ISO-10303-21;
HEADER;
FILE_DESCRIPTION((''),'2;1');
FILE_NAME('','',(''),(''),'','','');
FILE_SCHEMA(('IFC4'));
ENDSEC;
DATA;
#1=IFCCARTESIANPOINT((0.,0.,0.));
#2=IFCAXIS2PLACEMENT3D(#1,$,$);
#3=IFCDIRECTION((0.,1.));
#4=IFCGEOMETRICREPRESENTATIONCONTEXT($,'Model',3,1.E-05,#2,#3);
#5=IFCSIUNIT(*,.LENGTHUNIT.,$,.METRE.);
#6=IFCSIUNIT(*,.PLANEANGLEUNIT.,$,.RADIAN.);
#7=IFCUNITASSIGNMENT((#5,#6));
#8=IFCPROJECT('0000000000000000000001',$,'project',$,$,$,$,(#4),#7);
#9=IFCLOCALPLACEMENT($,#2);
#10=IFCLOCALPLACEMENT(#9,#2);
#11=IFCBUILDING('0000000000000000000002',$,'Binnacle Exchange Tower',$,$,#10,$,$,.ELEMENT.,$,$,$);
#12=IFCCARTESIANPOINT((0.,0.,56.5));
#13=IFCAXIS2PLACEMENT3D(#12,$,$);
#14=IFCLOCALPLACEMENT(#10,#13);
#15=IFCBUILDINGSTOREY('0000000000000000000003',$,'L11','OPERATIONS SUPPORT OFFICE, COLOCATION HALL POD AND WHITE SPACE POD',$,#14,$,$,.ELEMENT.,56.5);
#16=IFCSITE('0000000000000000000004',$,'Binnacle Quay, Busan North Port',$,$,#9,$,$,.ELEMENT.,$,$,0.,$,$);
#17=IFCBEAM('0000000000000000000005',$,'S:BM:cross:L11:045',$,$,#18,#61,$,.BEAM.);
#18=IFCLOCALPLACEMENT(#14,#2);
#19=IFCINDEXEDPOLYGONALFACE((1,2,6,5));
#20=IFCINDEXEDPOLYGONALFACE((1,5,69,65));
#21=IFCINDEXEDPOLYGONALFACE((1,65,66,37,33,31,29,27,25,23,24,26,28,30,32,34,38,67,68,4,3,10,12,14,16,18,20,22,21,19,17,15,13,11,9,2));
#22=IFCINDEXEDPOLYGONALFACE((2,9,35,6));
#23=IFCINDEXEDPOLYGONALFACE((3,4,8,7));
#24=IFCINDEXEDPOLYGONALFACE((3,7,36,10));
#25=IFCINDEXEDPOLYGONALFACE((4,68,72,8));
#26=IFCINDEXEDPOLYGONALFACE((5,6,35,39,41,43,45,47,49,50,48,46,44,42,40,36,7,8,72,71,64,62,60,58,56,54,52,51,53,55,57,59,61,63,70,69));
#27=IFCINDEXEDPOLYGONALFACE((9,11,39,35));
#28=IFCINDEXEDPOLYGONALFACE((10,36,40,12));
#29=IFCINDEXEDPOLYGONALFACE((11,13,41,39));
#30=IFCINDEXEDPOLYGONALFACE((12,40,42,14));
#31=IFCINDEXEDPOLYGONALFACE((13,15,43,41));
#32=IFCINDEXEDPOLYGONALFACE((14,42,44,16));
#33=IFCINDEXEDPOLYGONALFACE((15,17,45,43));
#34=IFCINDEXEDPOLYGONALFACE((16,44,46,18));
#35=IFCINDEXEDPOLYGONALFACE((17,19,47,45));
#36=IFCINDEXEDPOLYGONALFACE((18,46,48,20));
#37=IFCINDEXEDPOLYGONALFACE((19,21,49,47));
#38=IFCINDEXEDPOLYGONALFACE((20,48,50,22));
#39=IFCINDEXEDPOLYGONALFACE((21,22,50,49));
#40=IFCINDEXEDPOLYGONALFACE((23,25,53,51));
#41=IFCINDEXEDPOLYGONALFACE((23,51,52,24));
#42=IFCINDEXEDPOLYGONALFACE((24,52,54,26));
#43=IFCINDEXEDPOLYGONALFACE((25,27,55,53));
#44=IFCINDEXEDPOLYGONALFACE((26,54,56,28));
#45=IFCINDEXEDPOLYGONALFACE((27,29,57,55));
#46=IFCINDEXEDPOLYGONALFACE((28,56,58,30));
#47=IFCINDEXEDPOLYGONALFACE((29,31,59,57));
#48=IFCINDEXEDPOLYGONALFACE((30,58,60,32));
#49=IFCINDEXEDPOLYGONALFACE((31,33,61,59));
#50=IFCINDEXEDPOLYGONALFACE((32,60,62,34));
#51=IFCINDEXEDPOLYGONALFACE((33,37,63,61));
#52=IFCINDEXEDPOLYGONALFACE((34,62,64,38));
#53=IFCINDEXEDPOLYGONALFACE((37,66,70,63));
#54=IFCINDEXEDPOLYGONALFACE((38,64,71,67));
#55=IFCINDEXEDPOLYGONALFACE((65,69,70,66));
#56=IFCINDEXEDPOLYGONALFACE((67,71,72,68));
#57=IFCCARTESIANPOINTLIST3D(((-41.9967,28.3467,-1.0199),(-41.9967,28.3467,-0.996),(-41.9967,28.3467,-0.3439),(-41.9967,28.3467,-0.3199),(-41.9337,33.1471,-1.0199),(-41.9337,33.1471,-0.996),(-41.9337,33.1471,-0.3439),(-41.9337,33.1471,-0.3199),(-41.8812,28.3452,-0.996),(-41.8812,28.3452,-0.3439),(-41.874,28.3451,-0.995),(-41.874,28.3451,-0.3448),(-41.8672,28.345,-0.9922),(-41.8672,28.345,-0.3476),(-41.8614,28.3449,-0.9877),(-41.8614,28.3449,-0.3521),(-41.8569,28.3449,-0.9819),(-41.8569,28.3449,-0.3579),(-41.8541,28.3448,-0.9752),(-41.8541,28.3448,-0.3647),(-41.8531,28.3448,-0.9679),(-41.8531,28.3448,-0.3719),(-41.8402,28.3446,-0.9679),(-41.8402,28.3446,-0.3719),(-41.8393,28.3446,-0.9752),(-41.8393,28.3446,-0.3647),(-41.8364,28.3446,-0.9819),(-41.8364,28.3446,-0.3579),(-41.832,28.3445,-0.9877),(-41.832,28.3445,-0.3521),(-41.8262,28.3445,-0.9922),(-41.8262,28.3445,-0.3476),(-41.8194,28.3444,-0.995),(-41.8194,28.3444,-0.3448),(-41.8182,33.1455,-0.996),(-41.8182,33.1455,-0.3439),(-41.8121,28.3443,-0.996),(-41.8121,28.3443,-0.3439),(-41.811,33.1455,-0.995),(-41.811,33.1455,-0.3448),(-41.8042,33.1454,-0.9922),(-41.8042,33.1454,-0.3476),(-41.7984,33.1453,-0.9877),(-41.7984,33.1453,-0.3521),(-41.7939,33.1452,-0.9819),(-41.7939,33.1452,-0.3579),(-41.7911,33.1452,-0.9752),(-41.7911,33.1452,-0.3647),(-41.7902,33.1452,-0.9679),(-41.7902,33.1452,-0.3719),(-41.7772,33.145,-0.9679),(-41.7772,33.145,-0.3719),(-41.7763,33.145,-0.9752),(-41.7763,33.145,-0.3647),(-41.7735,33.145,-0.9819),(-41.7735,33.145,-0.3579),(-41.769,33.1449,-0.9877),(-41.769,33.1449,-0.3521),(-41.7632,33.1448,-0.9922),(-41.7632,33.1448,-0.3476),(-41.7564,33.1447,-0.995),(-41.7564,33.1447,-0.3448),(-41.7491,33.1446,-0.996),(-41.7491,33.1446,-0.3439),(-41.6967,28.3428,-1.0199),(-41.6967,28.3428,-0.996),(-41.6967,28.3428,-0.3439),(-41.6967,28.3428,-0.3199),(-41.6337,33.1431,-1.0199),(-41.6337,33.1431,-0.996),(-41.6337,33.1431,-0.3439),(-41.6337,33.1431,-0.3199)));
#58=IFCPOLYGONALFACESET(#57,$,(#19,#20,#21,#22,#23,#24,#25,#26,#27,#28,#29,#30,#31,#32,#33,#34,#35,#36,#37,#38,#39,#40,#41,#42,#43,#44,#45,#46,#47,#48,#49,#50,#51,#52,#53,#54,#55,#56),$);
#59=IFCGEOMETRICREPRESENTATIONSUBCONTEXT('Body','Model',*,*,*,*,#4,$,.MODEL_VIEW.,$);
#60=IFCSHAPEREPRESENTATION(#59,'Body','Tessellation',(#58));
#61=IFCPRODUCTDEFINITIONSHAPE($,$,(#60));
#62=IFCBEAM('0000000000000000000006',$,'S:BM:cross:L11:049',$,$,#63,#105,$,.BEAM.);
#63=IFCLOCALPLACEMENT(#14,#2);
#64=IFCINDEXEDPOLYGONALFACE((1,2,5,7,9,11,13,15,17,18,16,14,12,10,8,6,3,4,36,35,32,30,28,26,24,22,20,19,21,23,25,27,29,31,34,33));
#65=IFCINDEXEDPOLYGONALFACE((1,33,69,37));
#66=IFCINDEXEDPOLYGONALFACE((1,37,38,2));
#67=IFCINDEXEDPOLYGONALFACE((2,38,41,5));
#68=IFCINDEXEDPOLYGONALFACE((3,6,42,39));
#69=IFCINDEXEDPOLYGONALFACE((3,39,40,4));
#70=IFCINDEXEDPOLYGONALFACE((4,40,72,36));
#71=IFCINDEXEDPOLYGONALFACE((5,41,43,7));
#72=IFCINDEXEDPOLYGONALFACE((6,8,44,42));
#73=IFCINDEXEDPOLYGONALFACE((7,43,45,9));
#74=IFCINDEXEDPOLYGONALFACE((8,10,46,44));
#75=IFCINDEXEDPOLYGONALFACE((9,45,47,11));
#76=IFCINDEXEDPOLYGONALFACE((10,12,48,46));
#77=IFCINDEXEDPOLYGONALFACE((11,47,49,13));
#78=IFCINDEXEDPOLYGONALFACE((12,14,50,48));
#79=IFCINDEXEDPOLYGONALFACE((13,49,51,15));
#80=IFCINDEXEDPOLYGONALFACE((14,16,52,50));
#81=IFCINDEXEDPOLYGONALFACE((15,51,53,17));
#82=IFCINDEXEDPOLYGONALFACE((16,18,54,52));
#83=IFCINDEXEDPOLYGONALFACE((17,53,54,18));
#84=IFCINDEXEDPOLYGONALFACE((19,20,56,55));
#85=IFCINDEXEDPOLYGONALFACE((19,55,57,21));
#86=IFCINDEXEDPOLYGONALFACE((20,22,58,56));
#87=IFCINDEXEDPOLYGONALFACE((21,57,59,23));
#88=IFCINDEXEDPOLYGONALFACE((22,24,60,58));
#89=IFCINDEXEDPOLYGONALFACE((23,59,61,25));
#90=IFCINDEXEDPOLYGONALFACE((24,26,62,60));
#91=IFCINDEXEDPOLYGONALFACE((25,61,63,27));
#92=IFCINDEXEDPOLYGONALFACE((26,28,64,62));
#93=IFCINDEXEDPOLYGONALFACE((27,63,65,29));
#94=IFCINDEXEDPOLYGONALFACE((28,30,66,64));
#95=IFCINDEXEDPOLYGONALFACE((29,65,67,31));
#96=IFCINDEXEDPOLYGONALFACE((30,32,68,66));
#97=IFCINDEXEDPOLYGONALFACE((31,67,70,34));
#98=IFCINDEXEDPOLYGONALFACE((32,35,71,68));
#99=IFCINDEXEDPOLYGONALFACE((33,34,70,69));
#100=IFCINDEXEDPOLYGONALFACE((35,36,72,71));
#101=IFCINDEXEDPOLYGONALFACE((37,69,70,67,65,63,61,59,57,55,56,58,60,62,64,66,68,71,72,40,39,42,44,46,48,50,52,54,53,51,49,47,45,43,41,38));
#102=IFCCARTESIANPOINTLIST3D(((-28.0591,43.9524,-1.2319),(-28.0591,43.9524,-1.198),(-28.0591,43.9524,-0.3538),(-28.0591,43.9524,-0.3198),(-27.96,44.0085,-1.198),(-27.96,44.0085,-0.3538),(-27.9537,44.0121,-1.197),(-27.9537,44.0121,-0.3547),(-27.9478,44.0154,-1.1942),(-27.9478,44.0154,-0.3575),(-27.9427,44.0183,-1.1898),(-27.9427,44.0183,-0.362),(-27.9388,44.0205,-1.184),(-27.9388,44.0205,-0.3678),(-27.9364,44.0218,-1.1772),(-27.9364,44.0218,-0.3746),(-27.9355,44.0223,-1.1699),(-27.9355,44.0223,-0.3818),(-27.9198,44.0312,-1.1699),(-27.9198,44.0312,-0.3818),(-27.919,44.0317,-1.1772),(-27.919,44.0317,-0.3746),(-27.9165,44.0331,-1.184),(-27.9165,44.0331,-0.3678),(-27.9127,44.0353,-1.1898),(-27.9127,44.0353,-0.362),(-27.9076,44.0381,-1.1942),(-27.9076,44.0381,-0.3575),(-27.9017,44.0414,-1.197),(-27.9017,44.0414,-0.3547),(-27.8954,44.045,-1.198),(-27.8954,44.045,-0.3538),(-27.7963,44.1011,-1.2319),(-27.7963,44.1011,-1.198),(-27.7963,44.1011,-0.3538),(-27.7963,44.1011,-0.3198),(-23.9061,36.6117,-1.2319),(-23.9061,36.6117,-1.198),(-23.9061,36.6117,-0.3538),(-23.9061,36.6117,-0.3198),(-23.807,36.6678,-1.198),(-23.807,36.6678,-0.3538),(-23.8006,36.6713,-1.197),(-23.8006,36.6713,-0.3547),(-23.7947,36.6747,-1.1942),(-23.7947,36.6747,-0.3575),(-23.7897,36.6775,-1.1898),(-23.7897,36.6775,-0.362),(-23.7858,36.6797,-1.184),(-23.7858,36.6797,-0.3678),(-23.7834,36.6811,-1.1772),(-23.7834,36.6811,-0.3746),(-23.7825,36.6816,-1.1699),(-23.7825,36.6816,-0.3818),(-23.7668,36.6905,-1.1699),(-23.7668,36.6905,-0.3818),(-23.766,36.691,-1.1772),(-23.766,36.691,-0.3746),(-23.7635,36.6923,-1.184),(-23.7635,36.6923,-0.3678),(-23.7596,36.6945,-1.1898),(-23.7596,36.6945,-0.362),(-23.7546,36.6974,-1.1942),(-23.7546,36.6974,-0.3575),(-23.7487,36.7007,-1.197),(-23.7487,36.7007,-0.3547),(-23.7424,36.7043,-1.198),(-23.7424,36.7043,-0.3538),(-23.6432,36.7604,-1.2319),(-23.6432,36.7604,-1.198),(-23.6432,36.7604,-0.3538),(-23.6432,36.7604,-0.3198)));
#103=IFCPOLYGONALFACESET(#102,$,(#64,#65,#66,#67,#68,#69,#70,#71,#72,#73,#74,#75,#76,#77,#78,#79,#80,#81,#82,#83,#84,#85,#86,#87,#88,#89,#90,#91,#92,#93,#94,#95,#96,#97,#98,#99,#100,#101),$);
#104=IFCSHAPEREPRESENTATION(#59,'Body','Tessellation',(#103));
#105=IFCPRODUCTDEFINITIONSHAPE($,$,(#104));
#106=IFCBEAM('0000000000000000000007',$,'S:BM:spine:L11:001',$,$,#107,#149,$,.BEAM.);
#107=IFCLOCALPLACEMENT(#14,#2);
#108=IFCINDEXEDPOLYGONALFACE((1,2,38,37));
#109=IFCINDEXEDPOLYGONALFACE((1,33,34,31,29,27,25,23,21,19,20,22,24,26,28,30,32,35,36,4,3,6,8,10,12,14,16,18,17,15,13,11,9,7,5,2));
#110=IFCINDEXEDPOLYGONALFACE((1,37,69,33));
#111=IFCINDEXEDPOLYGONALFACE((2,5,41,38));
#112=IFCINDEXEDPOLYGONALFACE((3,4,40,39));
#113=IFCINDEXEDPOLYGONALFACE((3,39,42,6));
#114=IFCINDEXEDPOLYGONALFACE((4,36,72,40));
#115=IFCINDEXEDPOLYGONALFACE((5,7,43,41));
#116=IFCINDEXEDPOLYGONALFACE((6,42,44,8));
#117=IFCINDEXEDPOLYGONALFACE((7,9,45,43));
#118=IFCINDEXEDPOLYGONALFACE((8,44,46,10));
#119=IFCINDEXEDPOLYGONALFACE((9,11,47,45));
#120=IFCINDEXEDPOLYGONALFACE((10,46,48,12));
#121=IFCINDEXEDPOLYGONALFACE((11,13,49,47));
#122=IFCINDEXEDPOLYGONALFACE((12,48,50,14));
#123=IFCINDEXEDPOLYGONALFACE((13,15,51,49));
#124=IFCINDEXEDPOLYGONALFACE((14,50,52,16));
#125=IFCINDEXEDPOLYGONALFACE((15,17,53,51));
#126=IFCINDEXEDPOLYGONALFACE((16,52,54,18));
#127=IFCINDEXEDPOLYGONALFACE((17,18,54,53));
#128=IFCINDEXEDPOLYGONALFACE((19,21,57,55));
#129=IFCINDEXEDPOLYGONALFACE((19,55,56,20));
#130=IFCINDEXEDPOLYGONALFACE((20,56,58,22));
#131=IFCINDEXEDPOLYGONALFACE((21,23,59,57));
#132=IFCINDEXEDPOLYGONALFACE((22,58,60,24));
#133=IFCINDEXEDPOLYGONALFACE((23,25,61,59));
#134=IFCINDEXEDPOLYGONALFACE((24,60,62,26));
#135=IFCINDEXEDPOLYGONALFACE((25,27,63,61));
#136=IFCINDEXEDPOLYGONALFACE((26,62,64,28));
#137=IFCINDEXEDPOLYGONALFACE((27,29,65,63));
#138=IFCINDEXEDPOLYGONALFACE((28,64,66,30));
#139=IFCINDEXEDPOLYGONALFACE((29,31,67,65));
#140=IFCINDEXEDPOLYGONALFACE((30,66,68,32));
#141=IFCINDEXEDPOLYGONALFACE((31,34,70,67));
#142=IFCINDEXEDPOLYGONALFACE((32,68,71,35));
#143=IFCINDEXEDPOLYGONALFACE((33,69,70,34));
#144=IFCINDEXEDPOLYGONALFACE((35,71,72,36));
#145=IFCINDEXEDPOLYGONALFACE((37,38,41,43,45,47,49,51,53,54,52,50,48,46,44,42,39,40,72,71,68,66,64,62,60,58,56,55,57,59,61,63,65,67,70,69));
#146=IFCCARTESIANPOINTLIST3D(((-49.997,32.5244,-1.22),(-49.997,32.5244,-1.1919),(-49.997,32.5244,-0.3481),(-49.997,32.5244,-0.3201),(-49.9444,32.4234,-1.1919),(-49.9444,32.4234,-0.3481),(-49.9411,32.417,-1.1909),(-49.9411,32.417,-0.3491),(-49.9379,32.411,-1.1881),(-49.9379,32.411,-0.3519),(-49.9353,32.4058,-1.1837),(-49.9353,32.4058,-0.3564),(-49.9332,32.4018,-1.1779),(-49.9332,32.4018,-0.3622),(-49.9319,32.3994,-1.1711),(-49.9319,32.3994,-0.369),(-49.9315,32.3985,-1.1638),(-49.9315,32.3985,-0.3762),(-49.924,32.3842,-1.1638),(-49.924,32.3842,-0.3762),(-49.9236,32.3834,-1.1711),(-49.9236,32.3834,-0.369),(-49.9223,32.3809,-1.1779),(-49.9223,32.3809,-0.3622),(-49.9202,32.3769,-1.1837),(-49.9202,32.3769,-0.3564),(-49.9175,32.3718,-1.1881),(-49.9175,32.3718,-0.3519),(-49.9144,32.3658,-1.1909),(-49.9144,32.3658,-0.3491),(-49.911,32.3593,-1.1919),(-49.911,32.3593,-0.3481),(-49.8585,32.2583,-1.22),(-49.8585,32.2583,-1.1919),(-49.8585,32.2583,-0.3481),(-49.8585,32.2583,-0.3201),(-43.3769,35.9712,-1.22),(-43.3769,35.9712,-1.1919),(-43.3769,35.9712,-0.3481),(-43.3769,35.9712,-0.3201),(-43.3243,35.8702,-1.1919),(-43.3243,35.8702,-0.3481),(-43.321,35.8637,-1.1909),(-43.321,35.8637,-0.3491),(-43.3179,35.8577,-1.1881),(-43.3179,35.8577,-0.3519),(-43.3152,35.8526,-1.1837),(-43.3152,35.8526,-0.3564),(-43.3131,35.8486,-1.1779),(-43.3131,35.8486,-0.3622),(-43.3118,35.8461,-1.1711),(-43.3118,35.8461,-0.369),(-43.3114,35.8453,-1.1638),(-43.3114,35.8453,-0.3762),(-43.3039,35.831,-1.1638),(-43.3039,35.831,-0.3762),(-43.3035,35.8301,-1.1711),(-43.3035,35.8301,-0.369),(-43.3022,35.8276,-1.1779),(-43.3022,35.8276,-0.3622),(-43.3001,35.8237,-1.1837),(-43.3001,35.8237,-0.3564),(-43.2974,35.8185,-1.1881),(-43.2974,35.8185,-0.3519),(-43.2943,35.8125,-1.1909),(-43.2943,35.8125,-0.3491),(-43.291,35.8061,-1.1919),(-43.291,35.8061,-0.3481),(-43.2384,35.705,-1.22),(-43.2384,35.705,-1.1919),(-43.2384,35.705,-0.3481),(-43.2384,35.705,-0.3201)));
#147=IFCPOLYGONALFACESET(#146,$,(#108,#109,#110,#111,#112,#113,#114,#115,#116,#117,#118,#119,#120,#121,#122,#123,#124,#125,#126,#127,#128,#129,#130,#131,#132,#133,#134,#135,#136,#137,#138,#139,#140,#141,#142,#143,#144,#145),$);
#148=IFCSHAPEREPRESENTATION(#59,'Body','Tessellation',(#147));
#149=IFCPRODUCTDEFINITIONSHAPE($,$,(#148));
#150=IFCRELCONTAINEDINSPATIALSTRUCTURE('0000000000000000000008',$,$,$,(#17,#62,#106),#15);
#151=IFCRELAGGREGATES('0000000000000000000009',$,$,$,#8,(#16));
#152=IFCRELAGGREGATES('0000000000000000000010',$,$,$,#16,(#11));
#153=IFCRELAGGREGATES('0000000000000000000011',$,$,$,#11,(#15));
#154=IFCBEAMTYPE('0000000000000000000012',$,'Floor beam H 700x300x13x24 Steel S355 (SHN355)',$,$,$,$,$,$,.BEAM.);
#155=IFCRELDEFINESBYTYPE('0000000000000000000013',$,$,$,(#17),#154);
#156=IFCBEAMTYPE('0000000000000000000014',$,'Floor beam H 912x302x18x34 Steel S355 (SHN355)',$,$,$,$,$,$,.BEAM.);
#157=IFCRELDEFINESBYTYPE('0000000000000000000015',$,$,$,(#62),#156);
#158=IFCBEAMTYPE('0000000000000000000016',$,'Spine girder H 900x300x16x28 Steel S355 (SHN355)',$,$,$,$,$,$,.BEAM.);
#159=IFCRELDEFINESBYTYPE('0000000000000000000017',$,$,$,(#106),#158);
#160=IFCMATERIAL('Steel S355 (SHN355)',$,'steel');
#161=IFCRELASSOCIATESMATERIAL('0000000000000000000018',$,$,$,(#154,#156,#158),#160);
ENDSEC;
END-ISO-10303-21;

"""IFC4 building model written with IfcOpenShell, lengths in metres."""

from ifc_helpers import new_model, si_unit, direction, frame, origin, origin_2d, place, context, subcontext, project, spatial, i_section, extrude, material, material_profile, profile_set, type_object, element, save


model = new_model("IFC4")

# Units and contexts
model_context = context("Model", 3, precision=1e-05, world=origin(), true_north=direction((0.0, 1.0)))
body_context = subcontext(model_context, "Body", "Model", "MODEL_VIEW")
ifc_project = project(units=[si_unit("LENGTHUNIT", "METRE"), si_unit("PLANEANGLEUNIT", "RADIAN")], contexts=[model_context])

# Site, building, storey
site_placement = place(None, origin())
site = spatial("IfcSite", under=ifc_project, at=site_placement, Name="Binnacle Quay, Busan North Port", CompositionType="ELEMENT", RefElevation=0.0)
building_placement = place(site_placement, origin())
building = spatial("IfcBuilding", under=site, at=building_placement, Name="Binnacle Exchange Tower", CompositionType="ELEMENT")
storey_placement = place(building_placement, frame((0.0, 0.0, 56.5)))
storey = spatial("IfcBuildingStorey", under=building, at=storey_placement, Name="L11", Description="OPERATIONS SUPPORT OFFICE, COLOCATION HALL POD AND WHITE SPACE POD", CompositionType="ELEMENT", Elevation=56.5)

# Beams
ifc_material_1 = material(Name="Steel S355 (SHN355)", Category="steel")
ifc_material_profile_1 = material_profile(ifc_material_1, i_section(OverallWidth=0.3, OverallDepth=0.7, WebThickness=0.0129, FlangeThickness=0.0239, FilletRadius=0.0281, at=origin_2d()), Name="H 700x300x13x24")
ifc_profile_set_1 = profile_set([ifc_material_profile_1], Name="Steel S355 (SHN355)")
beam_type_1 = type_object("IfcBeamType", Name="Floor beam H 700x300x13x24 Steel S355 (SHN355)", PredefinedType="BEAM", material=ifc_profile_set_1)
beam_1_placement = place(storey_placement, frame((-41.8467, 28.3447, -0.6699), z_axis=(0.013121, 0.999914, 0.0), x_axis=(-0.999914, 0.013121, 0.0)))
element("IfcBeam", 1, at=beam_1_placement, inside=storey, type_object=beam_type_1, Name="S:BM:cross:L11:045", PredefinedType="BEAM", context=body_context, shape_type="SweptSolid", body=[
    extrude(i_section(OverallWidth=0.3, OverallDepth=0.7, WebThickness=0.0129, FlangeThickness=0.0239, FilletRadius=0.0281, at=origin_2d()), origin(), (0.0, 0.0, 1.0), 4.8008),
])
ifc_material_profile_2 = material_profile(ifc_material_1, i_section(OverallWidth=0.302, OverallDepth=0.9121, WebThickness=0.0181, FlangeThickness=0.0339, FilletRadius=0.0281, at=origin_2d()), Name="H 912x302x18x34")
ifc_profile_set_2 = profile_set([ifc_material_profile_2], Name="Steel S355 (SHN355)")
beam_type_2 = type_object("IfcBeamType", Name="Floor beam H 912x302x18x34 Steel S355 (SHN355)", PredefinedType="BEAM", material=ifc_profile_set_2)
beam_2_placement = place(storey_placement, frame((-23.7747, 36.686, -0.7759), z_axis=(-0.492409, 0.870364, 0.0), x_axis=(-0.870364, -0.492409, 0.0)))
element("IfcBeam", 2, at=beam_2_placement, inside=storey, type_object=beam_type_2, Name="S:BM:cross:L11:049", PredefinedType="BEAM", context=body_context, shape_type="SweptSolid", body=[
    extrude(i_section(OverallWidth=0.302, OverallDepth=0.9121, WebThickness=0.0181, FlangeThickness=0.0339, FilletRadius=0.0281, at=origin_2d()), origin(), (0.0, 0.0, 1.0), 8.4341),
])
ifc_material_profile_3 = material_profile(ifc_material_1, i_section(OverallWidth=0.3, OverallDepth=0.8999, WebThickness=0.0161, FlangeThickness=0.0281, FilletRadius=0.0281, at=origin_2d()), Name="H 900x300x16x28")
ifc_profile_set_3 = profile_set([ifc_material_profile_3], Name="Steel S355 (SHN355)")
beam_type_3 = type_object("IfcBeamType", Name="Spine girder H 900x300x16x28 Steel S355 (SHN355)", PredefinedType="BEAM", material=ifc_profile_set_3)
beam_3_placement = place(storey_placement, frame((-49.9277, 32.3914, -0.77), z_axis=(0.88698, 0.461808, 0.0), x_axis=(-0.461808, 0.88698, 0.0)))
element("IfcBeam", 3, at=beam_3_placement, inside=storey, type_object=beam_type_3, Name="S:BM:spine:L11:001", PredefinedType="BEAM", context=body_context, shape_type="SweptSolid", body=[
    extrude(i_section(OverallWidth=0.3, OverallDepth=0.8999, WebThickness=0.0161, FlangeThickness=0.0281, FilletRadius=0.0281, at=origin_2d()), origin(), (0.0, 0.0, 1.0), 7.4636),
])

save(model, "model.ifc")
